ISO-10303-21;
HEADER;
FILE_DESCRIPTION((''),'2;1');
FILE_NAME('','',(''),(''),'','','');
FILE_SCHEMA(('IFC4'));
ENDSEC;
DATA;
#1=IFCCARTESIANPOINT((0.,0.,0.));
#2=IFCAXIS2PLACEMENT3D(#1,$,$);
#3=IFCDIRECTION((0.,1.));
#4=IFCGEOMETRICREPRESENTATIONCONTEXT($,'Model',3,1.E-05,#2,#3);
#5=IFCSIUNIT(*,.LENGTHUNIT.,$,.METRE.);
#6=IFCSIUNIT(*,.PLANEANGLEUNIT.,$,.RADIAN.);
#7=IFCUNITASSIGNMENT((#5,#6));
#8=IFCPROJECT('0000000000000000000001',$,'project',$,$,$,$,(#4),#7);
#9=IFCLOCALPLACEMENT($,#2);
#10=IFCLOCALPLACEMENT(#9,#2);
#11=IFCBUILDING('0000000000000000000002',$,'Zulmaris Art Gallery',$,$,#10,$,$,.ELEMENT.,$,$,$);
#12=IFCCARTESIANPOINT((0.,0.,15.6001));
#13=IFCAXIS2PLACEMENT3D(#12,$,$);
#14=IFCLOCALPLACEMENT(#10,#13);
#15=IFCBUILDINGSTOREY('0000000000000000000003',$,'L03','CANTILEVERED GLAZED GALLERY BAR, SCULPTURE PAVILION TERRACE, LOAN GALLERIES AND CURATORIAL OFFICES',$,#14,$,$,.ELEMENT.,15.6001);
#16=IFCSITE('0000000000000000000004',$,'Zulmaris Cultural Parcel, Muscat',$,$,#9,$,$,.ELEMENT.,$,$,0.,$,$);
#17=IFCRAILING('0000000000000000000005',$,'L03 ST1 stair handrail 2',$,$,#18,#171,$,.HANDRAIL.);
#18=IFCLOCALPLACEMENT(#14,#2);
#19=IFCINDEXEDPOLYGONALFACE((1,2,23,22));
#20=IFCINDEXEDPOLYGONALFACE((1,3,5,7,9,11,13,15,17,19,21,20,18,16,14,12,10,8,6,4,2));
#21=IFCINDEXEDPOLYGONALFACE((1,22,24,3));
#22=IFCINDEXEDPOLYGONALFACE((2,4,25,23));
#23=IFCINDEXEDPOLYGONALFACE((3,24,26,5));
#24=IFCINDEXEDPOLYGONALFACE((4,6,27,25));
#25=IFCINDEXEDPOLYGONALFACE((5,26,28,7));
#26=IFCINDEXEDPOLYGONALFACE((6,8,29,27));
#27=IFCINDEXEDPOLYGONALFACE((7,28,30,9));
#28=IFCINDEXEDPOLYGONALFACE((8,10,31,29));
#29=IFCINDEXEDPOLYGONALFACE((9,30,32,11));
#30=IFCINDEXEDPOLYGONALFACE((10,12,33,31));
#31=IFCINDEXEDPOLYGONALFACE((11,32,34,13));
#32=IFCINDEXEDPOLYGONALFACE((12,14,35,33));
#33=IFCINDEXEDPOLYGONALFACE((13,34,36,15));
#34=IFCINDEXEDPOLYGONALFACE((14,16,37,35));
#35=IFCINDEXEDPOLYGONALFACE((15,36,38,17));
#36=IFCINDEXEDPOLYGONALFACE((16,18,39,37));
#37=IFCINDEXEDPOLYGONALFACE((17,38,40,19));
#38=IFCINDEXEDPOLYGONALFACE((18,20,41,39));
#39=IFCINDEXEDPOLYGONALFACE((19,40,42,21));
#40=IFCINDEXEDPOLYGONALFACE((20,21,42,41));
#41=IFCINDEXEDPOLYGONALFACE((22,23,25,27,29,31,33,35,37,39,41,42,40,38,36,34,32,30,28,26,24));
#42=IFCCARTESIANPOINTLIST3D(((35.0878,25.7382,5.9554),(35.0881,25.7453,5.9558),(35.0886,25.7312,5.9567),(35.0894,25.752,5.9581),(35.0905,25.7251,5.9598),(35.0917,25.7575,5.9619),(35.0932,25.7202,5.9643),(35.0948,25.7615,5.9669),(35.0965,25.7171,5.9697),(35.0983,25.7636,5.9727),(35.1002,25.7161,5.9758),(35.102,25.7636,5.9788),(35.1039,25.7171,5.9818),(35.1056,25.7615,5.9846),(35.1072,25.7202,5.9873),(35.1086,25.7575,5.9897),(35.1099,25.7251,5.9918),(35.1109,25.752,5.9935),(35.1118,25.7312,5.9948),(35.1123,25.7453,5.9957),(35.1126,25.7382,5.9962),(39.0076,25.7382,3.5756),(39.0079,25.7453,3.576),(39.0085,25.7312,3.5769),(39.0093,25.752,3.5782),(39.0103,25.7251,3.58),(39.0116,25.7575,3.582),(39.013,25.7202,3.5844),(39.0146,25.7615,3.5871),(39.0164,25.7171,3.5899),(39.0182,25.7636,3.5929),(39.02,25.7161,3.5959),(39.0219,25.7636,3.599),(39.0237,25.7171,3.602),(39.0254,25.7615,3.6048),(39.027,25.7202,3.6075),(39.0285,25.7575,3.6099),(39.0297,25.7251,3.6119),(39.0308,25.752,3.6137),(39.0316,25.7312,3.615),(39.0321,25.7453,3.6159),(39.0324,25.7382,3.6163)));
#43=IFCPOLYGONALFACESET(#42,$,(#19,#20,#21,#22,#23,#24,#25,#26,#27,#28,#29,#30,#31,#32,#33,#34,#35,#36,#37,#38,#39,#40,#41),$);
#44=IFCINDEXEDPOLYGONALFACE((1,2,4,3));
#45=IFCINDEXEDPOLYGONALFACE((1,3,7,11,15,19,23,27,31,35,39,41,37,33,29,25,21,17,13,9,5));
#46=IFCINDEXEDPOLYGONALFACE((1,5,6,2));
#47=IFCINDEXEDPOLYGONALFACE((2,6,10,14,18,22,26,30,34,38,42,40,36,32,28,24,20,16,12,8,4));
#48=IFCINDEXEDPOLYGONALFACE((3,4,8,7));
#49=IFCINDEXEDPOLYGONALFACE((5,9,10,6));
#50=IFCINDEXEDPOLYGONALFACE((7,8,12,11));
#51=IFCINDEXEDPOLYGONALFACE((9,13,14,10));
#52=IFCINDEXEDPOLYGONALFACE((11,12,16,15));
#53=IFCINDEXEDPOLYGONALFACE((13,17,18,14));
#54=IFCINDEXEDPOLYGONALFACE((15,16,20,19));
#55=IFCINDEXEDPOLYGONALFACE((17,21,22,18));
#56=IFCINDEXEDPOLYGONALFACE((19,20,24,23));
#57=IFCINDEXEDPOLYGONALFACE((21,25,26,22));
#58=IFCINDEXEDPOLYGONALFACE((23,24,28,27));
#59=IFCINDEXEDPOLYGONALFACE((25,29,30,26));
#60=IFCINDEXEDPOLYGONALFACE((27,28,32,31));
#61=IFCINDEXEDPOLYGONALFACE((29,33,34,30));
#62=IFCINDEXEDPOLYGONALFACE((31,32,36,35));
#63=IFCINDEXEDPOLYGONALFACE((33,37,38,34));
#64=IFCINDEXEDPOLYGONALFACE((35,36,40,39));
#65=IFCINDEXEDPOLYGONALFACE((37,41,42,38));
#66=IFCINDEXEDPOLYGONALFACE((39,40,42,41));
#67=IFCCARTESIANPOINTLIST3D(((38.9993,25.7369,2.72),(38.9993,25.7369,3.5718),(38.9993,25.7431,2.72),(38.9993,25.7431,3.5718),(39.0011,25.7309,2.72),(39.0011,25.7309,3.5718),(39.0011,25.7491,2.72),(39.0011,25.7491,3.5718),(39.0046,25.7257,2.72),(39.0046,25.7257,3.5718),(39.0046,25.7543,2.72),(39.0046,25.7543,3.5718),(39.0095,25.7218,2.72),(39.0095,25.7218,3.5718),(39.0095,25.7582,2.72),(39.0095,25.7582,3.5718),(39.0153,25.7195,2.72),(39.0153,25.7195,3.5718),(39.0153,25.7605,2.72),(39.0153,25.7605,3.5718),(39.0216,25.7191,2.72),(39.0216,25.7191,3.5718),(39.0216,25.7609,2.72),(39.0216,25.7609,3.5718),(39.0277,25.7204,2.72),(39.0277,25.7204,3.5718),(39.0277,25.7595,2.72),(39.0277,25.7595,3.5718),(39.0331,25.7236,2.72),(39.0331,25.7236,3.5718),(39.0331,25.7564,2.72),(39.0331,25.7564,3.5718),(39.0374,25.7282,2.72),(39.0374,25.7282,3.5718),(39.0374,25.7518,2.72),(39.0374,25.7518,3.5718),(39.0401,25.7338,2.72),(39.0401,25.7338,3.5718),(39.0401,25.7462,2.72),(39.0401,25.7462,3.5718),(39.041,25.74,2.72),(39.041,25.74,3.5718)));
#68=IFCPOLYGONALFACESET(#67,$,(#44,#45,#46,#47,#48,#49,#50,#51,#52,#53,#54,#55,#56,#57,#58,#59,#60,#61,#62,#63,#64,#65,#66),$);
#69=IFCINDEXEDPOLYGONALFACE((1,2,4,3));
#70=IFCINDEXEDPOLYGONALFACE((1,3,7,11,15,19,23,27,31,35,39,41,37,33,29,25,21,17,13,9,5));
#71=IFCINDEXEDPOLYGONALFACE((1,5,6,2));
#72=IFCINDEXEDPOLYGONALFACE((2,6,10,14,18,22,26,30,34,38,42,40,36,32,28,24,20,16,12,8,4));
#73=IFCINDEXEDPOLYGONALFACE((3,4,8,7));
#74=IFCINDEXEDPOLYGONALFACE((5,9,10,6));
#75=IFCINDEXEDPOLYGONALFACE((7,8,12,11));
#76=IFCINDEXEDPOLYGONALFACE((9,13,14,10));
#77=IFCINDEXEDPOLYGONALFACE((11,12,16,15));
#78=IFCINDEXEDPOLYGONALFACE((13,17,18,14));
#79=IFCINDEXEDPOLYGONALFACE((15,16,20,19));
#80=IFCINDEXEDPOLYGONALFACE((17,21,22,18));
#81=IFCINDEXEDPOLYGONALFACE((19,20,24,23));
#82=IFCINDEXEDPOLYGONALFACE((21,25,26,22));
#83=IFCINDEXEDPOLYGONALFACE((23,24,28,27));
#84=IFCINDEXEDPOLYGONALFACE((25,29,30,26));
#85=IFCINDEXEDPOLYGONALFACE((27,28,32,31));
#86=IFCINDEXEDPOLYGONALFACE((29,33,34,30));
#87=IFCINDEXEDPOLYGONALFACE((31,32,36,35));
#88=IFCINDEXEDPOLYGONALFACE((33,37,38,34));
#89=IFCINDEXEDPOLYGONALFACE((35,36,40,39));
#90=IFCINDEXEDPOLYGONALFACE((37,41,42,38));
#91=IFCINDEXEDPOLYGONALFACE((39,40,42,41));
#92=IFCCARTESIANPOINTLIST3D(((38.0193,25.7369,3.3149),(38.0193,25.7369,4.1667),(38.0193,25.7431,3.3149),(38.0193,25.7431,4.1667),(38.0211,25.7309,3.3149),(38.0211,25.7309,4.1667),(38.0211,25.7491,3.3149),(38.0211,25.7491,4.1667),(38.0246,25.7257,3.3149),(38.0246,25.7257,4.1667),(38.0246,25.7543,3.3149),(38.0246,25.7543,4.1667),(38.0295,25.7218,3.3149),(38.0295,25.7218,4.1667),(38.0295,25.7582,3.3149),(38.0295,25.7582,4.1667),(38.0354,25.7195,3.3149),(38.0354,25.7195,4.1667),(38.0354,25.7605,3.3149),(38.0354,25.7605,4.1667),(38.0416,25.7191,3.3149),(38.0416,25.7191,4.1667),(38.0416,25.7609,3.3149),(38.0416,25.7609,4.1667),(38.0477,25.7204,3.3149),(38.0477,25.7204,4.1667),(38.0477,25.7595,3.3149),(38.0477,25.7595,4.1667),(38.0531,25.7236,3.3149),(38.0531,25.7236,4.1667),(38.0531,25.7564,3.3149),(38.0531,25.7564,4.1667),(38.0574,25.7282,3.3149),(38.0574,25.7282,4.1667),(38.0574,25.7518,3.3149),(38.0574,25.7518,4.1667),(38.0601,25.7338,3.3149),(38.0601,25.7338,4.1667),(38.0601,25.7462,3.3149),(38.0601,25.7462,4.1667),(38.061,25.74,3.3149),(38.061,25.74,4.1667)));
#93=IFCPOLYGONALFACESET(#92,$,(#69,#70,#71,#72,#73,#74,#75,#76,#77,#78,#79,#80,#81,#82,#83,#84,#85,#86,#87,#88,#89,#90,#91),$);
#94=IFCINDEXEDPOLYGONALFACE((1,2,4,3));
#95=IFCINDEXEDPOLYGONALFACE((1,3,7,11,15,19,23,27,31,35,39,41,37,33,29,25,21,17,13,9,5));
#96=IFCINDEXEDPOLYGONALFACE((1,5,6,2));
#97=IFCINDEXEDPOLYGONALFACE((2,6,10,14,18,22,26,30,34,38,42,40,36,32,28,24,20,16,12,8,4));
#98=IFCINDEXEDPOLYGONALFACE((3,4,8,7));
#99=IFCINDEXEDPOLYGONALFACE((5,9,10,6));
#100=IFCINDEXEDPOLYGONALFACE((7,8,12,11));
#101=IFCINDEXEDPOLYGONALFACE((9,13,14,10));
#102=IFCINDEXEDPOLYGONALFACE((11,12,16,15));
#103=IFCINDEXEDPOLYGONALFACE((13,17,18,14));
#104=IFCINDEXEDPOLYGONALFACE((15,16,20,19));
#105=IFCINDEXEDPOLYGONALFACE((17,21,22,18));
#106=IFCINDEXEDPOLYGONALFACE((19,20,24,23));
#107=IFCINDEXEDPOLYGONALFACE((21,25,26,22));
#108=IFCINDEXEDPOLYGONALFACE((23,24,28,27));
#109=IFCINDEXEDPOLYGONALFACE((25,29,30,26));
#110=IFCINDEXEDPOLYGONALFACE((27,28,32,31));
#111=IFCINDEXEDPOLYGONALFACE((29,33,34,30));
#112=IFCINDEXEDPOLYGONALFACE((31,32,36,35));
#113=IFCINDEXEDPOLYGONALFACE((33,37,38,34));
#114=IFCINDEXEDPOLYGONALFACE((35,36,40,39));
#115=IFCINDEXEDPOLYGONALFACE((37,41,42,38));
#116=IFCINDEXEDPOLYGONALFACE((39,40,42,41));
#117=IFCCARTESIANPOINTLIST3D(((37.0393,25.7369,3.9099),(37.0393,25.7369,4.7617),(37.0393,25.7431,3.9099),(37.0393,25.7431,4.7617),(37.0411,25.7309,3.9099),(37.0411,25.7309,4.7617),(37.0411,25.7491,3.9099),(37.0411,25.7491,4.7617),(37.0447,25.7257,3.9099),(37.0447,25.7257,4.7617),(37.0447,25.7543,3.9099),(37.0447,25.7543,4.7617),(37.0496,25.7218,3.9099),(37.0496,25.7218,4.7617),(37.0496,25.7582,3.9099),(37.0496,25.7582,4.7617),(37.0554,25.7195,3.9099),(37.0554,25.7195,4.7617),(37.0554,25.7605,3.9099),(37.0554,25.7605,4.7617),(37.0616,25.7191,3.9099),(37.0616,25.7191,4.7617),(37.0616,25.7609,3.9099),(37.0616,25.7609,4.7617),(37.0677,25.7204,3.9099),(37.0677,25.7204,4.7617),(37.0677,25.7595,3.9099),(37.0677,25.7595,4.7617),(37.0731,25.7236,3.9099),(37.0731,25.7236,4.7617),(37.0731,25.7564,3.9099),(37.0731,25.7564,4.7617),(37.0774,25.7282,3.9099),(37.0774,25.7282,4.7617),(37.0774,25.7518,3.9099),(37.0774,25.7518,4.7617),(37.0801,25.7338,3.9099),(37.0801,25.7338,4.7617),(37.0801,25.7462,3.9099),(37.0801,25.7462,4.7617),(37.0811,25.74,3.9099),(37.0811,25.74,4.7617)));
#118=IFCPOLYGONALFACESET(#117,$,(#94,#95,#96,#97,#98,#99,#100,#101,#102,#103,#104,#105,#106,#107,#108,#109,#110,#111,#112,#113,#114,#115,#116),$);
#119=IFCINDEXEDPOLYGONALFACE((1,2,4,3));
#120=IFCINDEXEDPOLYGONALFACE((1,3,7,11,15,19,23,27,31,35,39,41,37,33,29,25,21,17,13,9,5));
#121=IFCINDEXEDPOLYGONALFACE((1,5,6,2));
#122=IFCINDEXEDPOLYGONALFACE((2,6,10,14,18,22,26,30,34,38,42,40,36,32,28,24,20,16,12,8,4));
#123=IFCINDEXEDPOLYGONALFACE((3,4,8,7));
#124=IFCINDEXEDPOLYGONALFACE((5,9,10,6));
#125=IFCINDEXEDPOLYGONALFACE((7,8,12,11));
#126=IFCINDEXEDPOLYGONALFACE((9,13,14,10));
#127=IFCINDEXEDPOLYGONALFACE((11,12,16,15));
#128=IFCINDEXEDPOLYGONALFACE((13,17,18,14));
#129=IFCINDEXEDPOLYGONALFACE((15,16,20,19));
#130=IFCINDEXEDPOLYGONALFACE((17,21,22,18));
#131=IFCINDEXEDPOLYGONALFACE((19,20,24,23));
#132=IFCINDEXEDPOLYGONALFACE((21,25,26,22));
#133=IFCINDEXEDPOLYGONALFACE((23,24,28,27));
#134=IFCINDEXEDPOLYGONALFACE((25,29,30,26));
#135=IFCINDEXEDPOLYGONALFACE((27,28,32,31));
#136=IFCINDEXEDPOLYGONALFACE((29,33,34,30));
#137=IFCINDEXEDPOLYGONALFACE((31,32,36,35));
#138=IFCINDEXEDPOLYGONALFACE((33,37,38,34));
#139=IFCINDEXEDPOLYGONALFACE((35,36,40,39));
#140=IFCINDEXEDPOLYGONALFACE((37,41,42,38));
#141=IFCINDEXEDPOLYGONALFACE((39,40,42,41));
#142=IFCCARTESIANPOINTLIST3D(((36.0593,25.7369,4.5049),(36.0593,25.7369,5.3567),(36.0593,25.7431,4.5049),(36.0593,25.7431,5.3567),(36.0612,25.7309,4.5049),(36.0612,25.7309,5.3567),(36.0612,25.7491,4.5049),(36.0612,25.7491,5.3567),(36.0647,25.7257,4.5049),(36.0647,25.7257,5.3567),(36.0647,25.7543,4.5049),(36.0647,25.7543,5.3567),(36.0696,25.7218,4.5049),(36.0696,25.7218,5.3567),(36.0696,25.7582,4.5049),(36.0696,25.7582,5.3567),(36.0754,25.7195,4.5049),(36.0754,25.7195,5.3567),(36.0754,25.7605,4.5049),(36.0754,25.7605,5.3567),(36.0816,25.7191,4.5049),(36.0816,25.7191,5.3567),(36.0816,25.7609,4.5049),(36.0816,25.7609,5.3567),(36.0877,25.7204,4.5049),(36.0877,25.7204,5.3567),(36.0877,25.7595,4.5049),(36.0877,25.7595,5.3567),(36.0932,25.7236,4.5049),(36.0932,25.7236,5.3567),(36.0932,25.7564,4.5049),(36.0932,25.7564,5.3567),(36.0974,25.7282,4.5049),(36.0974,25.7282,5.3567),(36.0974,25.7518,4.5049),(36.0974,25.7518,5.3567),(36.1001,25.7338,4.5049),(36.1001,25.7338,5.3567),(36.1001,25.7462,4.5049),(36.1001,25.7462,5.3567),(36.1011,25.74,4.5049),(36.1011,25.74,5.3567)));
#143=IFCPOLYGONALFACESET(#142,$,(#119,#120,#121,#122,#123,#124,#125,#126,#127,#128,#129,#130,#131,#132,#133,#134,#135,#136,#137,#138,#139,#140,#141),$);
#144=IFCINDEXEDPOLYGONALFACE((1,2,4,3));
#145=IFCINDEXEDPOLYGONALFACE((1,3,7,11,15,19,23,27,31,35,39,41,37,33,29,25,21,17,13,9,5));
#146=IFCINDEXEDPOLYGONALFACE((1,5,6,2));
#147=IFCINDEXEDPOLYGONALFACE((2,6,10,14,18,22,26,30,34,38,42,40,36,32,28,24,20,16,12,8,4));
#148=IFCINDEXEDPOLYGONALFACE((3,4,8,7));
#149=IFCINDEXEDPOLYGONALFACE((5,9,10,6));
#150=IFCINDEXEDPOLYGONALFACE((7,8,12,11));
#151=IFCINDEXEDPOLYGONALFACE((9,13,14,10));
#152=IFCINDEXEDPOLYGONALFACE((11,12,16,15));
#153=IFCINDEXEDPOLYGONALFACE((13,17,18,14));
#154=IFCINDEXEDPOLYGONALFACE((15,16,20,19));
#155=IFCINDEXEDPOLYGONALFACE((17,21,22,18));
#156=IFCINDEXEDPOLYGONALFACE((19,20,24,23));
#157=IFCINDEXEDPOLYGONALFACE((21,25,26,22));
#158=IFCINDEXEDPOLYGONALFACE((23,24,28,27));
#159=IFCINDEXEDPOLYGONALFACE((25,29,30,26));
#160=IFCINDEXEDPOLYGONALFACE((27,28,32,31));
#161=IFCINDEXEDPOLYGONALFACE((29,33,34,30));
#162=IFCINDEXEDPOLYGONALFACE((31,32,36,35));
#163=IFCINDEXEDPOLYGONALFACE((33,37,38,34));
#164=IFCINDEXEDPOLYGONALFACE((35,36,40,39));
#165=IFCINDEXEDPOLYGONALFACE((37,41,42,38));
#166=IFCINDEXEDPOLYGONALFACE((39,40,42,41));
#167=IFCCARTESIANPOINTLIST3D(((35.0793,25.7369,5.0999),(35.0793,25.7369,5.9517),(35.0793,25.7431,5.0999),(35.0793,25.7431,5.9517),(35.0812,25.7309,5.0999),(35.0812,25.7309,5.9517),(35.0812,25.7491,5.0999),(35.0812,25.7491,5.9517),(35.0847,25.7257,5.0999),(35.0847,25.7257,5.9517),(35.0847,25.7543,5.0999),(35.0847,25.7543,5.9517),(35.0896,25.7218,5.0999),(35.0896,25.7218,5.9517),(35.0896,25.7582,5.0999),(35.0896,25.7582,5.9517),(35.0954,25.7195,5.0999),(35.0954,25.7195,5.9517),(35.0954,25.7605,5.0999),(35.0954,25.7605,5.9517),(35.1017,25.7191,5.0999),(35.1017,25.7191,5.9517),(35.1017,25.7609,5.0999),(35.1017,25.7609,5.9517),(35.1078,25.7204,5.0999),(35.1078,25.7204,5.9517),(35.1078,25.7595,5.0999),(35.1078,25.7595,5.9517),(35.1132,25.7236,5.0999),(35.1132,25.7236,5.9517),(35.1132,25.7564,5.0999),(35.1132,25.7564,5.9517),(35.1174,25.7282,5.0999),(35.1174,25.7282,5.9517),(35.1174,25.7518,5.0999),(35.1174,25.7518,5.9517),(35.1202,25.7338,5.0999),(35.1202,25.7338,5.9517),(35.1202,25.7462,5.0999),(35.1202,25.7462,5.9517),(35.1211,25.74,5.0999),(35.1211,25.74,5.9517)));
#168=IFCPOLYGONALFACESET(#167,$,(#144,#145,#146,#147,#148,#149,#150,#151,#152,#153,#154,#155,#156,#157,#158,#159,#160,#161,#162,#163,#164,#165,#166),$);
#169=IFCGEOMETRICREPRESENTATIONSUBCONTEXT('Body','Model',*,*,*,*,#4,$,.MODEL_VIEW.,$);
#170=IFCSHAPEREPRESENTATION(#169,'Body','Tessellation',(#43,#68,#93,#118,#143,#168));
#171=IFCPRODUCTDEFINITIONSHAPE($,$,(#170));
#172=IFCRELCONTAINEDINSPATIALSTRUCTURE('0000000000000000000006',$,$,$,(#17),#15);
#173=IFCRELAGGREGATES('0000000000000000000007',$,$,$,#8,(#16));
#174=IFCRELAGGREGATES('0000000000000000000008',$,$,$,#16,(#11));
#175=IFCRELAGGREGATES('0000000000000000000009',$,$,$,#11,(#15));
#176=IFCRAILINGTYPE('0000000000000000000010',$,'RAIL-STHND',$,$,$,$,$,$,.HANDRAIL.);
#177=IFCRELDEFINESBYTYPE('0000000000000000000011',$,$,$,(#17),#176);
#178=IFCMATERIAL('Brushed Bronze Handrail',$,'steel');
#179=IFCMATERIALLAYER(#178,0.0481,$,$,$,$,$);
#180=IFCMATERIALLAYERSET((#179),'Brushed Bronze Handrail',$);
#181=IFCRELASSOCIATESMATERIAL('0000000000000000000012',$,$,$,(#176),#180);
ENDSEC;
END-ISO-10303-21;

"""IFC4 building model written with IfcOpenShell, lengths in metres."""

from ifc_helpers import new_model, si_unit, direction, frame, origin, origin_2d, place, context, subcontext, project, spatial, circle, extrude, material, layer, layer_set, type_object, element, save


model = new_model("IFC4")

# Units and contexts
model_context = context("Model", 3, precision=1e-05, world=origin(), true_north=direction((0.0, 1.0)))
body_context = subcontext(model_context, "Body", "Model", "MODEL_VIEW")
ifc_project = project(units=[si_unit("LENGTHUNIT", "METRE"), si_unit("PLANEANGLEUNIT", "RADIAN")], contexts=[model_context])

# Site, building, storey
site_placement = place(None, origin())
site = spatial("IfcSite", under=ifc_project, at=site_placement, Name="Zulmaris Cultural Parcel, Muscat", CompositionType="ELEMENT", RefElevation=0.0)
building_placement = place(site_placement, origin())
building = spatial("IfcBuilding", under=site, at=building_placement, Name="Zulmaris Art Gallery", CompositionType="ELEMENT")
storey_placement = place(building_placement, frame((0.0, 0.0, 15.6001)))
storey = spatial("IfcBuildingStorey", under=building, at=storey_placement, Name="L03", Description="CANTILEVERED GLAZED GALLERY BAR, SCULPTURE PAVILION TERRACE, LOAN GALLERIES AND CURATORIAL OFFICES", CompositionType="ELEMENT", Elevation=15.6001)

# Railing
ifc_material_1 = material(Name="Brushed Bronze Handrail", Category="steel")
ifc_layer_1 = layer(ifc_material_1, 0.0481)
ifc_layer_set_1 = layer_set([ifc_layer_1], Name="Brushed Bronze Handrail")
railing_type_1 = type_object("IfcRailingType", Name="RAIL-STHND", PredefinedType="HANDRAIL", material=ifc_layer_set_1)
railing_1_placement = place(storey_placement, frame((39.02, 25.74, 2.72)))
element("IfcRailing", 1, at=railing_1_placement, inside=storey, type_object=railing_type_1, Name="L03 ST1 stair handrail 2", PredefinedType="HANDRAIL", context=body_context, shape_type="SweptSolid", body=[
    extrude(circle(Radius=0.0239, at=origin_2d()), frame((0.0, 0.0, 0.876), z_axis=(-0.854794, 0.0, 0.518967), x_axis=(0.0, -1.0, 0.0)), (0.0, 0.0, 1.0), 4.5857),
    extrude(circle(Radius=0.021, at=origin_2d()), origin(), (0.0, 0.0, 1.0), 0.8518),
    extrude(circle(Radius=0.021, at=origin_2d()), frame((-0.98, 0.0, 0.595)), (0.0, 0.0, 1.0), 0.8518),
    extrude(circle(Radius=0.021, at=origin_2d()), frame((-1.96, 0.0, 1.1899)), (0.0, 0.0, 1.0), 0.8518),
    extrude(circle(Radius=0.021, at=origin_2d()), frame((-2.9399, 0.0, 1.7849)), (0.0, 0.0, 1.0), 0.8518),
    extrude(circle(Radius=0.021, at=origin_2d()), frame((-3.9199, 0.0, 2.3799)), (0.0, 0.0, 1.0), 0.8518),
])

save(model, "model.ifc")
